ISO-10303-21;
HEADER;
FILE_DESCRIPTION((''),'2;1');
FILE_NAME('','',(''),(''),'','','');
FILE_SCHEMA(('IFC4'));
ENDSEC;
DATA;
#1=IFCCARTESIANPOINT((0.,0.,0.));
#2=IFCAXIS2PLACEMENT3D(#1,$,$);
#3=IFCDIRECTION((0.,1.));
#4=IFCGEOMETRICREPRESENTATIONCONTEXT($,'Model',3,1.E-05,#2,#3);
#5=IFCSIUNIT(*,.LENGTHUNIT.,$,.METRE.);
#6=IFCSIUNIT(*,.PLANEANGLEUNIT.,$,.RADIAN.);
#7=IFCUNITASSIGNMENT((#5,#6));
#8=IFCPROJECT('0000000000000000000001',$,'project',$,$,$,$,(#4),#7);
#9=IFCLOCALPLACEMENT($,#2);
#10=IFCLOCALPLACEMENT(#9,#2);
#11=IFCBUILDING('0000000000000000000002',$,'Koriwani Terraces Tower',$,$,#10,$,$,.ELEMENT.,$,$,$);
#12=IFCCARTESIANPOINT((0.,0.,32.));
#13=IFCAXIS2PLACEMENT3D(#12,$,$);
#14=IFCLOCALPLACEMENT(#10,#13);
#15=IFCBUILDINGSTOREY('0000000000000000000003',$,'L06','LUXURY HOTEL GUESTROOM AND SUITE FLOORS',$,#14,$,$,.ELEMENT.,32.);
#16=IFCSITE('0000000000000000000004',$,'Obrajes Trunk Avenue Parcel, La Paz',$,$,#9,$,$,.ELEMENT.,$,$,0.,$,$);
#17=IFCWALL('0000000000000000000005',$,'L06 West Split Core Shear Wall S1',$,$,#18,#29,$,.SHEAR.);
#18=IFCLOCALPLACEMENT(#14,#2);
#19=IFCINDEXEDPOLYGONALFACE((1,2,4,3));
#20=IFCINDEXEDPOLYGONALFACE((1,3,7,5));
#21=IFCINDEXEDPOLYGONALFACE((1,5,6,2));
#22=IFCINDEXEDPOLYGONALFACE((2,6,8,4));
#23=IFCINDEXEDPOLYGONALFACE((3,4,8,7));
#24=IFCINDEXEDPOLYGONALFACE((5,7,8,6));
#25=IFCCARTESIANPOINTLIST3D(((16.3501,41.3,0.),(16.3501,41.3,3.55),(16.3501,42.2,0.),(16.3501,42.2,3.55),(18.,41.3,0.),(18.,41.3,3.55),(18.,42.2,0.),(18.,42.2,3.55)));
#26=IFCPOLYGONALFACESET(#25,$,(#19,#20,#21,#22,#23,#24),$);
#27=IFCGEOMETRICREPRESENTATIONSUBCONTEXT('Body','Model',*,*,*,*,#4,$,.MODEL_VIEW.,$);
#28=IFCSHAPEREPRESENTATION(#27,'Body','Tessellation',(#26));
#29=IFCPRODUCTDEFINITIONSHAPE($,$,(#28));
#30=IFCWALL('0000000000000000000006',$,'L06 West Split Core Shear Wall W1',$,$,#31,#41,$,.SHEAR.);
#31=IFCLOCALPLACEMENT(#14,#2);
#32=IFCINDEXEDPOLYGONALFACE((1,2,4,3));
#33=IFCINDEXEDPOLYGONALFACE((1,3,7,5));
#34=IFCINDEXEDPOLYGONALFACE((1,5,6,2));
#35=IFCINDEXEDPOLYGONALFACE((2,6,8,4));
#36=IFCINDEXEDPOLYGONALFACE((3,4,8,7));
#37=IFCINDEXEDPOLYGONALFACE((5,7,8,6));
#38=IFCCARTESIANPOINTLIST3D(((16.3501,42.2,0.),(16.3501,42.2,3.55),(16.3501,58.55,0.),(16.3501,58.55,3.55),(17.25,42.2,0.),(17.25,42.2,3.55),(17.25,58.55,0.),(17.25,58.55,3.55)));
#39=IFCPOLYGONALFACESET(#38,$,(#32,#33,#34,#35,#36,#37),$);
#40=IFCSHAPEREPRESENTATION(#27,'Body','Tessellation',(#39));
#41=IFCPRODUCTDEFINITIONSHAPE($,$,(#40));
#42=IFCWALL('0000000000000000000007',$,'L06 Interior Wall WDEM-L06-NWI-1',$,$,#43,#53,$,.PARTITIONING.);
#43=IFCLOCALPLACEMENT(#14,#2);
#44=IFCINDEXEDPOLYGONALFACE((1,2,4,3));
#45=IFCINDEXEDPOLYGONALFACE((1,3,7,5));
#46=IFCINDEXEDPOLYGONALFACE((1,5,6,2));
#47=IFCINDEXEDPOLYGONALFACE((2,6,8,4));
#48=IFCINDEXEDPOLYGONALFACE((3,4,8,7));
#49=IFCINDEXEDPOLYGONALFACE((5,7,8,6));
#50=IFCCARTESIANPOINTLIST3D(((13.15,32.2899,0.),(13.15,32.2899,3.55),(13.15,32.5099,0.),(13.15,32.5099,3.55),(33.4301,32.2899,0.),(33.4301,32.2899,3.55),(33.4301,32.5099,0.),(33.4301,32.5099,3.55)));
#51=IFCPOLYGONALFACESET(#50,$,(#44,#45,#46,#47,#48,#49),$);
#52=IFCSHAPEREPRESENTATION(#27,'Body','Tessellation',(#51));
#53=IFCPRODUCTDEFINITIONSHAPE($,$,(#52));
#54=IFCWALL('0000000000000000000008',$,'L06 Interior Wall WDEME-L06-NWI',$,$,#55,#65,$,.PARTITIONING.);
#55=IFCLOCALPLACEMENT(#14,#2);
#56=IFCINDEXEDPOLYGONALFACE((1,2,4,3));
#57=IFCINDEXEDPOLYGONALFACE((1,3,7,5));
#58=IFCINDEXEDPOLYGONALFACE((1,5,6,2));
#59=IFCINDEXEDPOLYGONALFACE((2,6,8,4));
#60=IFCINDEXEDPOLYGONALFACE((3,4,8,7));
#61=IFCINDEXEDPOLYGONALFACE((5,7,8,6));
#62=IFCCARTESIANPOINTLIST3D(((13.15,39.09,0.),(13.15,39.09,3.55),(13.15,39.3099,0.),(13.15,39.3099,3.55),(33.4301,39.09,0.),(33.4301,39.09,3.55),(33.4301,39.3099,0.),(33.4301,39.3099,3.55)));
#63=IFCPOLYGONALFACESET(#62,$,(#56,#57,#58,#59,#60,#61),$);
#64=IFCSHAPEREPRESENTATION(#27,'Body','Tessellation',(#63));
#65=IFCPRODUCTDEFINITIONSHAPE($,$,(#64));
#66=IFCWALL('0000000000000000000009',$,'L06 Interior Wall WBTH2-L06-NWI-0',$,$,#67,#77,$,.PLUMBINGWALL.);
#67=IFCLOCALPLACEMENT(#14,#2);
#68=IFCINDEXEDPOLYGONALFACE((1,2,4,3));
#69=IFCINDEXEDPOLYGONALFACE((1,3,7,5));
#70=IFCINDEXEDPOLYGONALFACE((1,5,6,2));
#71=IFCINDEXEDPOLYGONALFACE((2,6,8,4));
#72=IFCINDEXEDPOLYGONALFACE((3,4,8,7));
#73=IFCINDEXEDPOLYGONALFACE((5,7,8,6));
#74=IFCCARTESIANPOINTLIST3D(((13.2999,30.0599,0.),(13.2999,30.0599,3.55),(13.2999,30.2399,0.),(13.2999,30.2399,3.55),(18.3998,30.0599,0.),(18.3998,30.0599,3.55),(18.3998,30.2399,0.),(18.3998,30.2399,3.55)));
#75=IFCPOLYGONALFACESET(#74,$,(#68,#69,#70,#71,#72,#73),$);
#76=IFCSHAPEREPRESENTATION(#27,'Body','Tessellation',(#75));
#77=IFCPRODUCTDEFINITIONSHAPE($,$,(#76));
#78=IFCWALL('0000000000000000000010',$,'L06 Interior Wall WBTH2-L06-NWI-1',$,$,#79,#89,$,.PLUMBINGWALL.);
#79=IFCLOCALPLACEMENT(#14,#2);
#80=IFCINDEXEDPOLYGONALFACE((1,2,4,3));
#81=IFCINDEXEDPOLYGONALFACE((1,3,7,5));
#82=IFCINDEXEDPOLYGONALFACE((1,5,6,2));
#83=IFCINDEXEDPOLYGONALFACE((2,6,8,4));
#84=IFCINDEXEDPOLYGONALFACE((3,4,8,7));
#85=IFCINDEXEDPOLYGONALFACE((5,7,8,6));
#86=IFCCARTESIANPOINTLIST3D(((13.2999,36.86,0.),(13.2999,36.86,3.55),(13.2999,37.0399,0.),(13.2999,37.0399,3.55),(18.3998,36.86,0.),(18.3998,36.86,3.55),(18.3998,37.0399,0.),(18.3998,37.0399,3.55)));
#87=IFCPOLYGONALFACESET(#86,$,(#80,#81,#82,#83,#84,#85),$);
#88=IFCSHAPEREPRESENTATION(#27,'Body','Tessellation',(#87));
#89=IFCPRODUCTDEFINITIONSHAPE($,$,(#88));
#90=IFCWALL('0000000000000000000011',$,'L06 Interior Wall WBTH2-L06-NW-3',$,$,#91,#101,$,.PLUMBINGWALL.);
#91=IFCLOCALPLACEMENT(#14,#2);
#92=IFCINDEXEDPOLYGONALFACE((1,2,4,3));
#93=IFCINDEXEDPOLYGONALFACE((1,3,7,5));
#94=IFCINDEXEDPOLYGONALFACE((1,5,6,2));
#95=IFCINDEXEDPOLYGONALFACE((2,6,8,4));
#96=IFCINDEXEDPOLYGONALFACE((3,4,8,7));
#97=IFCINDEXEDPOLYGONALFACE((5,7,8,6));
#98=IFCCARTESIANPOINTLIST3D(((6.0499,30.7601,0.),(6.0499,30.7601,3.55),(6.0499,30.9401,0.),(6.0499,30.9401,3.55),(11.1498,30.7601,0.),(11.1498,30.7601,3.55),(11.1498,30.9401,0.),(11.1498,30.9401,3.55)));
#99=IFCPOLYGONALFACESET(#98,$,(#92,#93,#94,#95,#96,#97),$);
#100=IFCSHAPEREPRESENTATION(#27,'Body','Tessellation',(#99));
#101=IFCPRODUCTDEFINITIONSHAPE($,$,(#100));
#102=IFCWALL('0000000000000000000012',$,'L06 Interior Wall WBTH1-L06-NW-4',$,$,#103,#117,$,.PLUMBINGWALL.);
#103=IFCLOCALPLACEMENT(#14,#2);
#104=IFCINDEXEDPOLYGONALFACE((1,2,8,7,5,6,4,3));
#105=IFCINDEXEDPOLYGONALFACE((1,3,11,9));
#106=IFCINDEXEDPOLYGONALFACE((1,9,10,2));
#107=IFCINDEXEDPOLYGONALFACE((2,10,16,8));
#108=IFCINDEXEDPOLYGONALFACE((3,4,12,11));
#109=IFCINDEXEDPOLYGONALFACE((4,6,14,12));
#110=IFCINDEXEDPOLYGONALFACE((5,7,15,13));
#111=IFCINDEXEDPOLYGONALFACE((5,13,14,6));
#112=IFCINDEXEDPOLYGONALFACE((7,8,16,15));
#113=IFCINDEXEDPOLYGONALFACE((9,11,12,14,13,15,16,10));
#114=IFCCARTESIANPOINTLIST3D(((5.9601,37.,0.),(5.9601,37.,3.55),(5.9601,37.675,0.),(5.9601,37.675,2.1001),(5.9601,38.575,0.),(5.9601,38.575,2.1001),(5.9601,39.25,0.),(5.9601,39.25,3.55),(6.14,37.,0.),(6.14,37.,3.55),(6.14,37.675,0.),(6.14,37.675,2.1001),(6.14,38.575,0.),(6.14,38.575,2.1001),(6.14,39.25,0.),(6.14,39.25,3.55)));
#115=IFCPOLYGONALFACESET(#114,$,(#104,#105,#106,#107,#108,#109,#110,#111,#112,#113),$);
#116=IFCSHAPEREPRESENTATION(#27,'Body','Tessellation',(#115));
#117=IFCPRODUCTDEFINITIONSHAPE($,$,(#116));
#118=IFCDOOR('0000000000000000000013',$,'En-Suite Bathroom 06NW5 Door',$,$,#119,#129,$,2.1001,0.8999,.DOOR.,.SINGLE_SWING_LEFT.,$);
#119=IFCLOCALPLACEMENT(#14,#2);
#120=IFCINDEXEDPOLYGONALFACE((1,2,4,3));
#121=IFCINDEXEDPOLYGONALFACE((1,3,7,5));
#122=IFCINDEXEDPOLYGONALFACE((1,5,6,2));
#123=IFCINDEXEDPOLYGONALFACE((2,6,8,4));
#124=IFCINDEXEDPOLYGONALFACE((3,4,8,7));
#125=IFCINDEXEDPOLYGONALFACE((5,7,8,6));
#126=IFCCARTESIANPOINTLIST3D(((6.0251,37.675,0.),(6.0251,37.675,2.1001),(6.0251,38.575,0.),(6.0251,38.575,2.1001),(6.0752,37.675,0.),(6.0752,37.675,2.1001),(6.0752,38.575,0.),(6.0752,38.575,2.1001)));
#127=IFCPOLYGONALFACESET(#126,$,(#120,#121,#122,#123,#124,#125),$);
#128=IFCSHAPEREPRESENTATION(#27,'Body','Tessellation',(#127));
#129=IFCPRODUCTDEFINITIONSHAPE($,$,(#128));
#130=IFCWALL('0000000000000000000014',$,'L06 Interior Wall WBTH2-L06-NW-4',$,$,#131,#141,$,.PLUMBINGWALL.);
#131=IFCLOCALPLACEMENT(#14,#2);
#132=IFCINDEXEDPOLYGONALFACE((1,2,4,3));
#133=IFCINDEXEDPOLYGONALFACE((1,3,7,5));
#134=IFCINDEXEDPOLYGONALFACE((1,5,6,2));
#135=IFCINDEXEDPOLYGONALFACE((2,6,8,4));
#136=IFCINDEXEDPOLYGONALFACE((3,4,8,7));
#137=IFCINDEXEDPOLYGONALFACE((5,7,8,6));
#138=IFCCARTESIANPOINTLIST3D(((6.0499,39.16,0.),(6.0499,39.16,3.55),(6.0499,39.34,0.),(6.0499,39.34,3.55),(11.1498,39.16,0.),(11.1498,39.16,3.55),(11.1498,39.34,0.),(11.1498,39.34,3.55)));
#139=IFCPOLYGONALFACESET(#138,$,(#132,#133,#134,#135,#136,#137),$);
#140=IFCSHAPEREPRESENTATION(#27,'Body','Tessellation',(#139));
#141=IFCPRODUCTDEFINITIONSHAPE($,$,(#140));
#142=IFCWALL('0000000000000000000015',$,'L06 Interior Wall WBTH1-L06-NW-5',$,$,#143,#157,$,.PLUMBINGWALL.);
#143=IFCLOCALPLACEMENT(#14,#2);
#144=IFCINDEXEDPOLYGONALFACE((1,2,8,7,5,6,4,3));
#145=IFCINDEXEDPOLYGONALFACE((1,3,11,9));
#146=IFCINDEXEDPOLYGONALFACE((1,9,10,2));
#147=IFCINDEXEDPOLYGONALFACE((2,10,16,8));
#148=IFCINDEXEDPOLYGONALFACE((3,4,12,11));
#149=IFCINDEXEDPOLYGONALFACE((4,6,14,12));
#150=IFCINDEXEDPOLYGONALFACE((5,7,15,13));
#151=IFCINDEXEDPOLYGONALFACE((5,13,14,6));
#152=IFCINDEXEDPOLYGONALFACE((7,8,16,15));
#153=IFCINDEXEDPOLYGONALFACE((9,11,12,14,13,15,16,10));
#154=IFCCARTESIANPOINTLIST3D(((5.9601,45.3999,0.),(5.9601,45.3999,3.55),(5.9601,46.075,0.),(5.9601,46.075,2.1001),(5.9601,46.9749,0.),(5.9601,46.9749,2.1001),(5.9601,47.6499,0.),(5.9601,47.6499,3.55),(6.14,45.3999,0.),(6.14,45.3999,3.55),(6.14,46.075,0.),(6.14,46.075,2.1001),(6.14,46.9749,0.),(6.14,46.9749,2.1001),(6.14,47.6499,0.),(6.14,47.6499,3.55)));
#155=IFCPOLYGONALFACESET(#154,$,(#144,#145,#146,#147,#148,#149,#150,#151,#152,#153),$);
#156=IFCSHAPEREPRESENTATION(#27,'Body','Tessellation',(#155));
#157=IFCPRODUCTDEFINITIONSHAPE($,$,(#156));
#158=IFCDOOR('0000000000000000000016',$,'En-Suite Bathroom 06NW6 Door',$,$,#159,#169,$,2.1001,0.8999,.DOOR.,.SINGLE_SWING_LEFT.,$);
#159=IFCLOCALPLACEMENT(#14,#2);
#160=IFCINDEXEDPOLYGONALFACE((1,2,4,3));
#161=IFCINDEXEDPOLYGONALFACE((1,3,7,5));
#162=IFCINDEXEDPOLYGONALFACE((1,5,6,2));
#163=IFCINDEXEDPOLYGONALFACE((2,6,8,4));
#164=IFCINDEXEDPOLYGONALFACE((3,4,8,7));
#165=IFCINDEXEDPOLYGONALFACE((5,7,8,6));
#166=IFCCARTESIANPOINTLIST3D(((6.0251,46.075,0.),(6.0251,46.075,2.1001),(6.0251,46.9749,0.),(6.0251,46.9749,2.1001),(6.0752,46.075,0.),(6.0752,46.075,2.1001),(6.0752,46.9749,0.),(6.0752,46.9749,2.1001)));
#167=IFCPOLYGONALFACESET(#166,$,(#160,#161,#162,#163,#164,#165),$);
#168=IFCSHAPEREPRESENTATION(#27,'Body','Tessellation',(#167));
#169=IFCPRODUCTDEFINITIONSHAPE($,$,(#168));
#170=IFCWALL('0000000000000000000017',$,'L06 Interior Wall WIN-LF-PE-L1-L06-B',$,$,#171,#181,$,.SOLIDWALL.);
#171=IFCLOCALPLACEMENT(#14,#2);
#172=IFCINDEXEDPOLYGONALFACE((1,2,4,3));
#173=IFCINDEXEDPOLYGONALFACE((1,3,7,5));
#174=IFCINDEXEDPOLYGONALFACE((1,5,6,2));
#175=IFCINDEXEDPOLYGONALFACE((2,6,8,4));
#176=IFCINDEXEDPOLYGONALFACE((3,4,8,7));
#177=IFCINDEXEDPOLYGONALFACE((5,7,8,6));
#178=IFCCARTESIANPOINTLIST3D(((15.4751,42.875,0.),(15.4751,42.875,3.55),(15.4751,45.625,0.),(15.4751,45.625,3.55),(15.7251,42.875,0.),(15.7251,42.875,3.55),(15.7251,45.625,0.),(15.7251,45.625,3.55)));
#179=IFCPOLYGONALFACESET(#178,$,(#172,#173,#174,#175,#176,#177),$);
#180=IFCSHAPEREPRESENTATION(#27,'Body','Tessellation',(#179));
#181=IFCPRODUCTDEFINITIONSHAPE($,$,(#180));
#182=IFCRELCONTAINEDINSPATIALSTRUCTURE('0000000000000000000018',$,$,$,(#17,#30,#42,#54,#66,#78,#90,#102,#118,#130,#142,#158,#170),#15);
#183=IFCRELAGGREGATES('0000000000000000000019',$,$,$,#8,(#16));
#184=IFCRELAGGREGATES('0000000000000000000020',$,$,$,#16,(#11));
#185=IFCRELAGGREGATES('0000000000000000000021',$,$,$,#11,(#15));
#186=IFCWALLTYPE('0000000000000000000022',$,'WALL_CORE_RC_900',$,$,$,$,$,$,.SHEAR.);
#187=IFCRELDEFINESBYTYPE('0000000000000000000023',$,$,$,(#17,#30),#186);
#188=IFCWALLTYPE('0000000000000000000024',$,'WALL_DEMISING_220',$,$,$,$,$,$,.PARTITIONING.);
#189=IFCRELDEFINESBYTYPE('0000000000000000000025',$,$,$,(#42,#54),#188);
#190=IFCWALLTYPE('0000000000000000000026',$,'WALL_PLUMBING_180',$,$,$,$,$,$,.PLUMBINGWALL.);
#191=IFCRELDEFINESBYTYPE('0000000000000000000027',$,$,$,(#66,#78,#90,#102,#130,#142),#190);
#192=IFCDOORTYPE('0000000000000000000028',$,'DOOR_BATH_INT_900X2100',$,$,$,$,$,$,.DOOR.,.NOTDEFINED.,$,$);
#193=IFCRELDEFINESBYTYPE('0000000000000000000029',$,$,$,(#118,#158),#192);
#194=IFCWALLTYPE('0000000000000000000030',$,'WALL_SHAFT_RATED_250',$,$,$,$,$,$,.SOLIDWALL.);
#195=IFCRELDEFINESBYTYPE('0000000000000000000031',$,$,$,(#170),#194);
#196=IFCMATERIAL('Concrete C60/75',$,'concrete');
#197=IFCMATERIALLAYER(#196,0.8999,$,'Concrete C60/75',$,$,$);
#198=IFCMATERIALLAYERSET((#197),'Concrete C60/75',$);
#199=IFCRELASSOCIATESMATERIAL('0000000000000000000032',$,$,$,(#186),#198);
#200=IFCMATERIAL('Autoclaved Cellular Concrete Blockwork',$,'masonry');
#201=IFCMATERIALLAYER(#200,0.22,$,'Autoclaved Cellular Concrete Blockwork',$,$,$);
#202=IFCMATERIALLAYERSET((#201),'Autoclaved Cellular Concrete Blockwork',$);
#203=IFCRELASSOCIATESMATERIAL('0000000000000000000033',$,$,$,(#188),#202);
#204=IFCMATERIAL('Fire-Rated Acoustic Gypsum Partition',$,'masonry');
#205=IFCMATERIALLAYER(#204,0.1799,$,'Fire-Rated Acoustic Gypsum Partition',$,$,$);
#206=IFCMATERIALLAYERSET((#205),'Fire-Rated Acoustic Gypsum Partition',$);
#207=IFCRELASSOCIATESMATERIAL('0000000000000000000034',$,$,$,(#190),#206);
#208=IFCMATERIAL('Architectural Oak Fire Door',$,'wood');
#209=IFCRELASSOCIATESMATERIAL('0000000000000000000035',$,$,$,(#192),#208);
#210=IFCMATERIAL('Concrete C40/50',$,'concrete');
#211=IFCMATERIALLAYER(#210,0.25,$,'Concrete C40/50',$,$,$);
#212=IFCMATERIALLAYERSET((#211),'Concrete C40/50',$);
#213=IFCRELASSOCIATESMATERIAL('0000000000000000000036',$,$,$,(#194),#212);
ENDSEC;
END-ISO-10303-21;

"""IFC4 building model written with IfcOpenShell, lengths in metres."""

from ifc_helpers import new_model, si_unit, direction, frame, frame_2d, origin, place, context, subcontext, project, spatial, rectangle, extrude, material, layer, layer_set, type_object, element, fill, save


model = new_model("IFC4")

# Units and contexts
model_context = context("Model", 3, precision=1e-05, world=origin(), true_north=direction((0.0, 1.0)))
body_context = subcontext(model_context, "Body", "Model", "MODEL_VIEW")
ifc_project = project(units=[si_unit("LENGTHUNIT", "METRE"), si_unit("PLANEANGLEUNIT", "RADIAN")], contexts=[model_context])

# Site, building, storey
site_placement = place(None, origin())
site = spatial("IfcSite", under=ifc_project, at=site_placement, Name="Obrajes Trunk Avenue Parcel, La Paz", CompositionType="ELEMENT", RefElevation=0.0)
building_placement = place(site_placement, origin())
building = spatial("IfcBuilding", under=site, at=building_placement, Name="Koriwani Terraces Tower", CompositionType="ELEMENT")
storey_placement = place(building_placement, frame((0.0, 0.0, 32.0)))
storey = spatial("IfcBuildingStorey", under=building, at=storey_placement, Name="L06", Description="LUXURY HOTEL GUESTROOM AND SUITE FLOORS", CompositionType="ELEMENT", Elevation=32.0)

# Shared definitions
ifc_material_1 = material(Name="Concrete C60/75", Category="concrete")

# Shared definitions
ifc_material_2 = material(Name="Concrete C40/50", Category="concrete")

# Walls
ifc_layer_1 = layer(ifc_material_1, 0.8999, Name="Concrete C60/75")
ifc_layer_set_1 = layer_set([ifc_layer_1], Name="Concrete C60/75")
wall_type_1 = type_object("IfcWallType", Name="WALL_CORE_RC_900", PredefinedType="SHEAR", material=ifc_layer_set_1)
wall_1_placement = place(storey_placement, frame((16.3501, 41.75, 0.0), z_axis=(0.0, 0.0, 1.0), x_axis=(1.0, 0.0, 0.0)))
element("IfcWall", 1, at=wall_1_placement, inside=storey, type_object=wall_type_1, Name="L06 West Split Core Shear Wall S1", PredefinedType="SHEAR", context=body_context, shape_type="SweptSolid", body=[
    extrude(rectangle(XDim=1.6499, YDim=0.8999, at=frame_2d((0.825, 0.0))), origin(), (0.0, 0.0, 1.0), 3.55),
])
wall_2_placement = place(storey_placement, frame((16.8, 42.2, 0.0), z_axis=(0.0, 0.0, 1.0), x_axis=(0.0, 1.0, 0.0)))
element("IfcWall", 2, at=wall_2_placement, inside=storey, type_object=wall_type_1, Name="L06 West Split Core Shear Wall W1", PredefinedType="SHEAR", context=body_context, shape_type="SweptSolid", body=[
    extrude(rectangle(XDim=16.3501, YDim=0.8999, at=frame_2d((8.175, 0.0))), origin(), (0.0, 0.0, 1.0), 3.55),
])
ifc_material_3 = material(Name="Autoclaved Cellular Concrete Blockwork", Category="masonry")
ifc_layer_2 = layer(ifc_material_3, 0.22, Name="Autoclaved Cellular Concrete Blockwork")
ifc_layer_set_2 = layer_set([ifc_layer_2], Name="Autoclaved Cellular Concrete Blockwork")
wall_type_2 = type_object("IfcWallType", Name="WALL_DEMISING_220", PredefinedType="PARTITIONING", material=ifc_layer_set_2)
for number, where, z_axis, x_axis, name in (
    (3, (13.1499, 32.3999, 0.0), (0.0, 0.0, 1.0), (1.0, 0.0, 0.0), "L06 Interior Wall WDEM-L06-NWI-1"),
    (4, (13.1499, 39.2, 0.0), (0.0, 0.0, 1.0), (1.0, 0.0, 0.0), "L06 Interior Wall WDEME-L06-NWI"),
):
    element("IfcWall", number, at=place(storey_placement, frame(where, z_axis=z_axis, x_axis=x_axis)), inside=storey, type_object=wall_type_2, Name=name, PredefinedType="PARTITIONING", context=body_context, shape_type="SweptSolid", body=[
        extrude(rectangle(XDim=20.28, YDim=0.22, at=frame_2d((10.1401, 0.0))), origin(), (0.0, 0.0, 1.0), 3.55),
    ])
ifc_material_4 = material(Name="Fire-Rated Acoustic Gypsum Partition", Category="masonry")
ifc_layer_3 = layer(ifc_material_4, 0.1799, Name="Fire-Rated Acoustic Gypsum Partition")
ifc_layer_set_3 = layer_set([ifc_layer_3], Name="Fire-Rated Acoustic Gypsum Partition")
wall_type_3 = type_object("IfcWallType", Name="WALL_PLUMBING_180", PredefinedType="PLUMBINGWALL", material=ifc_layer_set_3)
for number, where, z_axis, x_axis, name in (
    (5, (13.3, 30.1499, 0.0), (0.0, 0.0, 1.0), (1.0, 0.0, 0.0), "L06 Interior Wall WBTH2-L06-NWI-0"),
    (6, (13.3, 36.95, 0.0), (0.0, 0.0, 1.0), (1.0, 0.0, 0.0), "L06 Interior Wall WBTH2-L06-NWI-1"),
    (7, (6.05, 30.8501, 0.0), (0.0, 0.0, 1.0), (1.0, 0.0, 0.0), "L06 Interior Wall WBTH2-L06-NW-3"),
):
    element("IfcWall", number, at=place(storey_placement, frame(where, z_axis=z_axis, x_axis=x_axis)), inside=storey, type_object=wall_type_3, Name=name, PredefinedType="PLUMBINGWALL", context=body_context, shape_type="SweptSolid", body=[
        extrude(rectangle(XDim=5.0999, YDim=0.1799, at=frame_2d((2.5498, 0.0))), origin(), (0.0, 0.0, 1.0), 3.55),
    ])

# Wall, opening, door
wall_3_placement = place(storey_placement, frame((6.05, 37.0, 0.0), z_axis=(0.0, 0.0, 1.0), x_axis=(0.0, 1.0, 0.0)))
wall_3 = element("IfcWall", 8, at=wall_3_placement, inside=storey, type_object=wall_type_3, Name="L06 Interior Wall WBTH1-L06-NW-4", PredefinedType="PLUMBINGWALL", context=body_context, shape_type="SweptSolid", body=[
    extrude(rectangle(XDim=2.25, YDim=0.1799, at=frame_2d((1.125, 0.0))), origin(), (0.0, 0.0, 1.0), 3.55),
])
opening_1_placement = place(wall_3_placement, frame((0.675, 0.0, 0.0)))
opening_1 = element("IfcOpeningElement", 9, at=opening_1_placement, cuts=wall_3, PredefinedType="OPENING", context=body_context, shape_type="SweptSolid", body=[
    extrude(rectangle(XDim=0.8999, YDim=2.1001, at=frame_2d((0.45, 1.05))), frame((0.0, 0.1001, 0.0), z_axis=(0.0, -1.0, 0.0), x_axis=(1.0, 0.0, 0.0)), (0.0, 0.0, 1.0), 0.2),
])
ifc_material_5 = material(Name="Architectural Oak Fire Door", Category="wood")
door_type_1 = type_object("IfcDoorType", Name="DOOR_BATH_INT_900X2100", OperationType="NOTDEFINED", PredefinedType="DOOR", material=ifc_material_5)
door_1_placement = place(opening_1_placement, origin())
door_1 = element("IfcDoor", 10, at=door_1_placement, inside=storey, type_object=door_type_1, Name="En-Suite Bathroom 06NW5 Door", OperationType="SINGLE_SWING_LEFT", OverallHeight=2.1001, OverallWidth=0.8999, PredefinedType="DOOR", context=body_context, shape_type="SweptSolid", body=[
    extrude(rectangle(XDim=0.8999, YDim=2.1001, at=frame_2d((0.45, 1.05))), frame((0.0, 0.0249, 0.0), z_axis=(0.0, -1.0, 0.0), x_axis=(1.0, 0.0, 0.0)), (0.0, 0.0, 1.0), 0.05),
])
fill(opening_1, door_1)

# Wall
wall_4_placement = place(storey_placement, frame((6.05, 39.25, 0.0), z_axis=(0.0, 0.0, 1.0), x_axis=(1.0, 0.0, 0.0)))
element("IfcWall", 11, at=wall_4_placement, inside=storey, type_object=wall_type_3, Name="L06 Interior Wall WBTH2-L06-NW-4", PredefinedType="PLUMBINGWALL", context=body_context, shape_type="SweptSolid", body=[
    extrude(rectangle(XDim=5.0999, YDim=0.1799, at=frame_2d((2.5498, 0.0))), origin(), (0.0, 0.0, 1.0), 3.55),
])

# Wall, opening, door
wall_5_placement = place(storey_placement, frame((6.05, 45.3999, 0.0), z_axis=(0.0, 0.0, 1.0), x_axis=(0.0, 1.0, 0.0)))
wall_5 = element("IfcWall", 12, at=wall_5_placement, inside=storey, type_object=wall_type_3, Name="L06 Interior Wall WBTH1-L06-NW-5", PredefinedType="PLUMBINGWALL", context=body_context, shape_type="SweptSolid", body=[
    extrude(rectangle(XDim=2.25, YDim=0.1799, at=frame_2d((1.125, 0.0))), origin(), (0.0, 0.0, 1.0), 3.55),
])
opening_2_placement = place(wall_5_placement, frame((0.675, 0.0, 0.0)))
opening_2 = element("IfcOpeningElement", 13, at=opening_2_placement, cuts=wall_5, PredefinedType="OPENING", context=body_context, shape_type="SweptSolid", body=[
    extrude(rectangle(XDim=0.8999, YDim=2.1001, at=frame_2d((0.45, 1.05))), frame((0.0, 0.1001, 0.0), z_axis=(0.0, -1.0, 0.0), x_axis=(1.0, 0.0, 0.0)), (0.0, 0.0, 1.0), 0.2),
])
door_2_placement = place(opening_2_placement, origin())
door_2 = element("IfcDoor", 14, at=door_2_placement, inside=storey, type_object=door_type_1, Name="En-Suite Bathroom 06NW6 Door", OperationType="SINGLE_SWING_LEFT", OverallHeight=2.1001, OverallWidth=0.8999, PredefinedType="DOOR", context=body_context, shape_type="SweptSolid", body=[
    extrude(rectangle(XDim=0.8999, YDim=2.1001, at=frame_2d((0.45, 1.05))), frame((0.0, 0.0249, 0.0), z_axis=(0.0, -1.0, 0.0), x_axis=(1.0, 0.0, 0.0)), (0.0, 0.0, 1.0), 0.05),
])
fill(opening_2, door_2)
ifc_layer_4 = layer(ifc_material_2, 0.25, Name="Concrete C40/50")
ifc_layer_set_4 = layer_set([ifc_layer_4], Name="Concrete C40/50")
wall_type_4 = type_object("IfcWallType", Name="WALL_SHAFT_RATED_250", PredefinedType="SOLIDWALL", material=ifc_layer_set_4)

# Wall
wall_6_placement = place(storey_placement, frame((15.6001, 42.875, 0.0), z_axis=(0.0, 0.0, 1.0), x_axis=(0.0, 1.0, 0.0)))
element("IfcWall", 15, at=wall_6_placement, inside=storey, type_object=wall_type_4, Name="L06 Interior Wall WIN-LF-PE-L1-L06-B", PredefinedType="SOLIDWALL", context=body_context, shape_type="SweptSolid", body=[
    extrude(rectangle(XDim=2.75, YDim=0.25, at=frame_2d((1.375, 0.0))), origin(), (0.0, 0.0, 1.0), 3.55),
])

save(model, "model.ifc")
